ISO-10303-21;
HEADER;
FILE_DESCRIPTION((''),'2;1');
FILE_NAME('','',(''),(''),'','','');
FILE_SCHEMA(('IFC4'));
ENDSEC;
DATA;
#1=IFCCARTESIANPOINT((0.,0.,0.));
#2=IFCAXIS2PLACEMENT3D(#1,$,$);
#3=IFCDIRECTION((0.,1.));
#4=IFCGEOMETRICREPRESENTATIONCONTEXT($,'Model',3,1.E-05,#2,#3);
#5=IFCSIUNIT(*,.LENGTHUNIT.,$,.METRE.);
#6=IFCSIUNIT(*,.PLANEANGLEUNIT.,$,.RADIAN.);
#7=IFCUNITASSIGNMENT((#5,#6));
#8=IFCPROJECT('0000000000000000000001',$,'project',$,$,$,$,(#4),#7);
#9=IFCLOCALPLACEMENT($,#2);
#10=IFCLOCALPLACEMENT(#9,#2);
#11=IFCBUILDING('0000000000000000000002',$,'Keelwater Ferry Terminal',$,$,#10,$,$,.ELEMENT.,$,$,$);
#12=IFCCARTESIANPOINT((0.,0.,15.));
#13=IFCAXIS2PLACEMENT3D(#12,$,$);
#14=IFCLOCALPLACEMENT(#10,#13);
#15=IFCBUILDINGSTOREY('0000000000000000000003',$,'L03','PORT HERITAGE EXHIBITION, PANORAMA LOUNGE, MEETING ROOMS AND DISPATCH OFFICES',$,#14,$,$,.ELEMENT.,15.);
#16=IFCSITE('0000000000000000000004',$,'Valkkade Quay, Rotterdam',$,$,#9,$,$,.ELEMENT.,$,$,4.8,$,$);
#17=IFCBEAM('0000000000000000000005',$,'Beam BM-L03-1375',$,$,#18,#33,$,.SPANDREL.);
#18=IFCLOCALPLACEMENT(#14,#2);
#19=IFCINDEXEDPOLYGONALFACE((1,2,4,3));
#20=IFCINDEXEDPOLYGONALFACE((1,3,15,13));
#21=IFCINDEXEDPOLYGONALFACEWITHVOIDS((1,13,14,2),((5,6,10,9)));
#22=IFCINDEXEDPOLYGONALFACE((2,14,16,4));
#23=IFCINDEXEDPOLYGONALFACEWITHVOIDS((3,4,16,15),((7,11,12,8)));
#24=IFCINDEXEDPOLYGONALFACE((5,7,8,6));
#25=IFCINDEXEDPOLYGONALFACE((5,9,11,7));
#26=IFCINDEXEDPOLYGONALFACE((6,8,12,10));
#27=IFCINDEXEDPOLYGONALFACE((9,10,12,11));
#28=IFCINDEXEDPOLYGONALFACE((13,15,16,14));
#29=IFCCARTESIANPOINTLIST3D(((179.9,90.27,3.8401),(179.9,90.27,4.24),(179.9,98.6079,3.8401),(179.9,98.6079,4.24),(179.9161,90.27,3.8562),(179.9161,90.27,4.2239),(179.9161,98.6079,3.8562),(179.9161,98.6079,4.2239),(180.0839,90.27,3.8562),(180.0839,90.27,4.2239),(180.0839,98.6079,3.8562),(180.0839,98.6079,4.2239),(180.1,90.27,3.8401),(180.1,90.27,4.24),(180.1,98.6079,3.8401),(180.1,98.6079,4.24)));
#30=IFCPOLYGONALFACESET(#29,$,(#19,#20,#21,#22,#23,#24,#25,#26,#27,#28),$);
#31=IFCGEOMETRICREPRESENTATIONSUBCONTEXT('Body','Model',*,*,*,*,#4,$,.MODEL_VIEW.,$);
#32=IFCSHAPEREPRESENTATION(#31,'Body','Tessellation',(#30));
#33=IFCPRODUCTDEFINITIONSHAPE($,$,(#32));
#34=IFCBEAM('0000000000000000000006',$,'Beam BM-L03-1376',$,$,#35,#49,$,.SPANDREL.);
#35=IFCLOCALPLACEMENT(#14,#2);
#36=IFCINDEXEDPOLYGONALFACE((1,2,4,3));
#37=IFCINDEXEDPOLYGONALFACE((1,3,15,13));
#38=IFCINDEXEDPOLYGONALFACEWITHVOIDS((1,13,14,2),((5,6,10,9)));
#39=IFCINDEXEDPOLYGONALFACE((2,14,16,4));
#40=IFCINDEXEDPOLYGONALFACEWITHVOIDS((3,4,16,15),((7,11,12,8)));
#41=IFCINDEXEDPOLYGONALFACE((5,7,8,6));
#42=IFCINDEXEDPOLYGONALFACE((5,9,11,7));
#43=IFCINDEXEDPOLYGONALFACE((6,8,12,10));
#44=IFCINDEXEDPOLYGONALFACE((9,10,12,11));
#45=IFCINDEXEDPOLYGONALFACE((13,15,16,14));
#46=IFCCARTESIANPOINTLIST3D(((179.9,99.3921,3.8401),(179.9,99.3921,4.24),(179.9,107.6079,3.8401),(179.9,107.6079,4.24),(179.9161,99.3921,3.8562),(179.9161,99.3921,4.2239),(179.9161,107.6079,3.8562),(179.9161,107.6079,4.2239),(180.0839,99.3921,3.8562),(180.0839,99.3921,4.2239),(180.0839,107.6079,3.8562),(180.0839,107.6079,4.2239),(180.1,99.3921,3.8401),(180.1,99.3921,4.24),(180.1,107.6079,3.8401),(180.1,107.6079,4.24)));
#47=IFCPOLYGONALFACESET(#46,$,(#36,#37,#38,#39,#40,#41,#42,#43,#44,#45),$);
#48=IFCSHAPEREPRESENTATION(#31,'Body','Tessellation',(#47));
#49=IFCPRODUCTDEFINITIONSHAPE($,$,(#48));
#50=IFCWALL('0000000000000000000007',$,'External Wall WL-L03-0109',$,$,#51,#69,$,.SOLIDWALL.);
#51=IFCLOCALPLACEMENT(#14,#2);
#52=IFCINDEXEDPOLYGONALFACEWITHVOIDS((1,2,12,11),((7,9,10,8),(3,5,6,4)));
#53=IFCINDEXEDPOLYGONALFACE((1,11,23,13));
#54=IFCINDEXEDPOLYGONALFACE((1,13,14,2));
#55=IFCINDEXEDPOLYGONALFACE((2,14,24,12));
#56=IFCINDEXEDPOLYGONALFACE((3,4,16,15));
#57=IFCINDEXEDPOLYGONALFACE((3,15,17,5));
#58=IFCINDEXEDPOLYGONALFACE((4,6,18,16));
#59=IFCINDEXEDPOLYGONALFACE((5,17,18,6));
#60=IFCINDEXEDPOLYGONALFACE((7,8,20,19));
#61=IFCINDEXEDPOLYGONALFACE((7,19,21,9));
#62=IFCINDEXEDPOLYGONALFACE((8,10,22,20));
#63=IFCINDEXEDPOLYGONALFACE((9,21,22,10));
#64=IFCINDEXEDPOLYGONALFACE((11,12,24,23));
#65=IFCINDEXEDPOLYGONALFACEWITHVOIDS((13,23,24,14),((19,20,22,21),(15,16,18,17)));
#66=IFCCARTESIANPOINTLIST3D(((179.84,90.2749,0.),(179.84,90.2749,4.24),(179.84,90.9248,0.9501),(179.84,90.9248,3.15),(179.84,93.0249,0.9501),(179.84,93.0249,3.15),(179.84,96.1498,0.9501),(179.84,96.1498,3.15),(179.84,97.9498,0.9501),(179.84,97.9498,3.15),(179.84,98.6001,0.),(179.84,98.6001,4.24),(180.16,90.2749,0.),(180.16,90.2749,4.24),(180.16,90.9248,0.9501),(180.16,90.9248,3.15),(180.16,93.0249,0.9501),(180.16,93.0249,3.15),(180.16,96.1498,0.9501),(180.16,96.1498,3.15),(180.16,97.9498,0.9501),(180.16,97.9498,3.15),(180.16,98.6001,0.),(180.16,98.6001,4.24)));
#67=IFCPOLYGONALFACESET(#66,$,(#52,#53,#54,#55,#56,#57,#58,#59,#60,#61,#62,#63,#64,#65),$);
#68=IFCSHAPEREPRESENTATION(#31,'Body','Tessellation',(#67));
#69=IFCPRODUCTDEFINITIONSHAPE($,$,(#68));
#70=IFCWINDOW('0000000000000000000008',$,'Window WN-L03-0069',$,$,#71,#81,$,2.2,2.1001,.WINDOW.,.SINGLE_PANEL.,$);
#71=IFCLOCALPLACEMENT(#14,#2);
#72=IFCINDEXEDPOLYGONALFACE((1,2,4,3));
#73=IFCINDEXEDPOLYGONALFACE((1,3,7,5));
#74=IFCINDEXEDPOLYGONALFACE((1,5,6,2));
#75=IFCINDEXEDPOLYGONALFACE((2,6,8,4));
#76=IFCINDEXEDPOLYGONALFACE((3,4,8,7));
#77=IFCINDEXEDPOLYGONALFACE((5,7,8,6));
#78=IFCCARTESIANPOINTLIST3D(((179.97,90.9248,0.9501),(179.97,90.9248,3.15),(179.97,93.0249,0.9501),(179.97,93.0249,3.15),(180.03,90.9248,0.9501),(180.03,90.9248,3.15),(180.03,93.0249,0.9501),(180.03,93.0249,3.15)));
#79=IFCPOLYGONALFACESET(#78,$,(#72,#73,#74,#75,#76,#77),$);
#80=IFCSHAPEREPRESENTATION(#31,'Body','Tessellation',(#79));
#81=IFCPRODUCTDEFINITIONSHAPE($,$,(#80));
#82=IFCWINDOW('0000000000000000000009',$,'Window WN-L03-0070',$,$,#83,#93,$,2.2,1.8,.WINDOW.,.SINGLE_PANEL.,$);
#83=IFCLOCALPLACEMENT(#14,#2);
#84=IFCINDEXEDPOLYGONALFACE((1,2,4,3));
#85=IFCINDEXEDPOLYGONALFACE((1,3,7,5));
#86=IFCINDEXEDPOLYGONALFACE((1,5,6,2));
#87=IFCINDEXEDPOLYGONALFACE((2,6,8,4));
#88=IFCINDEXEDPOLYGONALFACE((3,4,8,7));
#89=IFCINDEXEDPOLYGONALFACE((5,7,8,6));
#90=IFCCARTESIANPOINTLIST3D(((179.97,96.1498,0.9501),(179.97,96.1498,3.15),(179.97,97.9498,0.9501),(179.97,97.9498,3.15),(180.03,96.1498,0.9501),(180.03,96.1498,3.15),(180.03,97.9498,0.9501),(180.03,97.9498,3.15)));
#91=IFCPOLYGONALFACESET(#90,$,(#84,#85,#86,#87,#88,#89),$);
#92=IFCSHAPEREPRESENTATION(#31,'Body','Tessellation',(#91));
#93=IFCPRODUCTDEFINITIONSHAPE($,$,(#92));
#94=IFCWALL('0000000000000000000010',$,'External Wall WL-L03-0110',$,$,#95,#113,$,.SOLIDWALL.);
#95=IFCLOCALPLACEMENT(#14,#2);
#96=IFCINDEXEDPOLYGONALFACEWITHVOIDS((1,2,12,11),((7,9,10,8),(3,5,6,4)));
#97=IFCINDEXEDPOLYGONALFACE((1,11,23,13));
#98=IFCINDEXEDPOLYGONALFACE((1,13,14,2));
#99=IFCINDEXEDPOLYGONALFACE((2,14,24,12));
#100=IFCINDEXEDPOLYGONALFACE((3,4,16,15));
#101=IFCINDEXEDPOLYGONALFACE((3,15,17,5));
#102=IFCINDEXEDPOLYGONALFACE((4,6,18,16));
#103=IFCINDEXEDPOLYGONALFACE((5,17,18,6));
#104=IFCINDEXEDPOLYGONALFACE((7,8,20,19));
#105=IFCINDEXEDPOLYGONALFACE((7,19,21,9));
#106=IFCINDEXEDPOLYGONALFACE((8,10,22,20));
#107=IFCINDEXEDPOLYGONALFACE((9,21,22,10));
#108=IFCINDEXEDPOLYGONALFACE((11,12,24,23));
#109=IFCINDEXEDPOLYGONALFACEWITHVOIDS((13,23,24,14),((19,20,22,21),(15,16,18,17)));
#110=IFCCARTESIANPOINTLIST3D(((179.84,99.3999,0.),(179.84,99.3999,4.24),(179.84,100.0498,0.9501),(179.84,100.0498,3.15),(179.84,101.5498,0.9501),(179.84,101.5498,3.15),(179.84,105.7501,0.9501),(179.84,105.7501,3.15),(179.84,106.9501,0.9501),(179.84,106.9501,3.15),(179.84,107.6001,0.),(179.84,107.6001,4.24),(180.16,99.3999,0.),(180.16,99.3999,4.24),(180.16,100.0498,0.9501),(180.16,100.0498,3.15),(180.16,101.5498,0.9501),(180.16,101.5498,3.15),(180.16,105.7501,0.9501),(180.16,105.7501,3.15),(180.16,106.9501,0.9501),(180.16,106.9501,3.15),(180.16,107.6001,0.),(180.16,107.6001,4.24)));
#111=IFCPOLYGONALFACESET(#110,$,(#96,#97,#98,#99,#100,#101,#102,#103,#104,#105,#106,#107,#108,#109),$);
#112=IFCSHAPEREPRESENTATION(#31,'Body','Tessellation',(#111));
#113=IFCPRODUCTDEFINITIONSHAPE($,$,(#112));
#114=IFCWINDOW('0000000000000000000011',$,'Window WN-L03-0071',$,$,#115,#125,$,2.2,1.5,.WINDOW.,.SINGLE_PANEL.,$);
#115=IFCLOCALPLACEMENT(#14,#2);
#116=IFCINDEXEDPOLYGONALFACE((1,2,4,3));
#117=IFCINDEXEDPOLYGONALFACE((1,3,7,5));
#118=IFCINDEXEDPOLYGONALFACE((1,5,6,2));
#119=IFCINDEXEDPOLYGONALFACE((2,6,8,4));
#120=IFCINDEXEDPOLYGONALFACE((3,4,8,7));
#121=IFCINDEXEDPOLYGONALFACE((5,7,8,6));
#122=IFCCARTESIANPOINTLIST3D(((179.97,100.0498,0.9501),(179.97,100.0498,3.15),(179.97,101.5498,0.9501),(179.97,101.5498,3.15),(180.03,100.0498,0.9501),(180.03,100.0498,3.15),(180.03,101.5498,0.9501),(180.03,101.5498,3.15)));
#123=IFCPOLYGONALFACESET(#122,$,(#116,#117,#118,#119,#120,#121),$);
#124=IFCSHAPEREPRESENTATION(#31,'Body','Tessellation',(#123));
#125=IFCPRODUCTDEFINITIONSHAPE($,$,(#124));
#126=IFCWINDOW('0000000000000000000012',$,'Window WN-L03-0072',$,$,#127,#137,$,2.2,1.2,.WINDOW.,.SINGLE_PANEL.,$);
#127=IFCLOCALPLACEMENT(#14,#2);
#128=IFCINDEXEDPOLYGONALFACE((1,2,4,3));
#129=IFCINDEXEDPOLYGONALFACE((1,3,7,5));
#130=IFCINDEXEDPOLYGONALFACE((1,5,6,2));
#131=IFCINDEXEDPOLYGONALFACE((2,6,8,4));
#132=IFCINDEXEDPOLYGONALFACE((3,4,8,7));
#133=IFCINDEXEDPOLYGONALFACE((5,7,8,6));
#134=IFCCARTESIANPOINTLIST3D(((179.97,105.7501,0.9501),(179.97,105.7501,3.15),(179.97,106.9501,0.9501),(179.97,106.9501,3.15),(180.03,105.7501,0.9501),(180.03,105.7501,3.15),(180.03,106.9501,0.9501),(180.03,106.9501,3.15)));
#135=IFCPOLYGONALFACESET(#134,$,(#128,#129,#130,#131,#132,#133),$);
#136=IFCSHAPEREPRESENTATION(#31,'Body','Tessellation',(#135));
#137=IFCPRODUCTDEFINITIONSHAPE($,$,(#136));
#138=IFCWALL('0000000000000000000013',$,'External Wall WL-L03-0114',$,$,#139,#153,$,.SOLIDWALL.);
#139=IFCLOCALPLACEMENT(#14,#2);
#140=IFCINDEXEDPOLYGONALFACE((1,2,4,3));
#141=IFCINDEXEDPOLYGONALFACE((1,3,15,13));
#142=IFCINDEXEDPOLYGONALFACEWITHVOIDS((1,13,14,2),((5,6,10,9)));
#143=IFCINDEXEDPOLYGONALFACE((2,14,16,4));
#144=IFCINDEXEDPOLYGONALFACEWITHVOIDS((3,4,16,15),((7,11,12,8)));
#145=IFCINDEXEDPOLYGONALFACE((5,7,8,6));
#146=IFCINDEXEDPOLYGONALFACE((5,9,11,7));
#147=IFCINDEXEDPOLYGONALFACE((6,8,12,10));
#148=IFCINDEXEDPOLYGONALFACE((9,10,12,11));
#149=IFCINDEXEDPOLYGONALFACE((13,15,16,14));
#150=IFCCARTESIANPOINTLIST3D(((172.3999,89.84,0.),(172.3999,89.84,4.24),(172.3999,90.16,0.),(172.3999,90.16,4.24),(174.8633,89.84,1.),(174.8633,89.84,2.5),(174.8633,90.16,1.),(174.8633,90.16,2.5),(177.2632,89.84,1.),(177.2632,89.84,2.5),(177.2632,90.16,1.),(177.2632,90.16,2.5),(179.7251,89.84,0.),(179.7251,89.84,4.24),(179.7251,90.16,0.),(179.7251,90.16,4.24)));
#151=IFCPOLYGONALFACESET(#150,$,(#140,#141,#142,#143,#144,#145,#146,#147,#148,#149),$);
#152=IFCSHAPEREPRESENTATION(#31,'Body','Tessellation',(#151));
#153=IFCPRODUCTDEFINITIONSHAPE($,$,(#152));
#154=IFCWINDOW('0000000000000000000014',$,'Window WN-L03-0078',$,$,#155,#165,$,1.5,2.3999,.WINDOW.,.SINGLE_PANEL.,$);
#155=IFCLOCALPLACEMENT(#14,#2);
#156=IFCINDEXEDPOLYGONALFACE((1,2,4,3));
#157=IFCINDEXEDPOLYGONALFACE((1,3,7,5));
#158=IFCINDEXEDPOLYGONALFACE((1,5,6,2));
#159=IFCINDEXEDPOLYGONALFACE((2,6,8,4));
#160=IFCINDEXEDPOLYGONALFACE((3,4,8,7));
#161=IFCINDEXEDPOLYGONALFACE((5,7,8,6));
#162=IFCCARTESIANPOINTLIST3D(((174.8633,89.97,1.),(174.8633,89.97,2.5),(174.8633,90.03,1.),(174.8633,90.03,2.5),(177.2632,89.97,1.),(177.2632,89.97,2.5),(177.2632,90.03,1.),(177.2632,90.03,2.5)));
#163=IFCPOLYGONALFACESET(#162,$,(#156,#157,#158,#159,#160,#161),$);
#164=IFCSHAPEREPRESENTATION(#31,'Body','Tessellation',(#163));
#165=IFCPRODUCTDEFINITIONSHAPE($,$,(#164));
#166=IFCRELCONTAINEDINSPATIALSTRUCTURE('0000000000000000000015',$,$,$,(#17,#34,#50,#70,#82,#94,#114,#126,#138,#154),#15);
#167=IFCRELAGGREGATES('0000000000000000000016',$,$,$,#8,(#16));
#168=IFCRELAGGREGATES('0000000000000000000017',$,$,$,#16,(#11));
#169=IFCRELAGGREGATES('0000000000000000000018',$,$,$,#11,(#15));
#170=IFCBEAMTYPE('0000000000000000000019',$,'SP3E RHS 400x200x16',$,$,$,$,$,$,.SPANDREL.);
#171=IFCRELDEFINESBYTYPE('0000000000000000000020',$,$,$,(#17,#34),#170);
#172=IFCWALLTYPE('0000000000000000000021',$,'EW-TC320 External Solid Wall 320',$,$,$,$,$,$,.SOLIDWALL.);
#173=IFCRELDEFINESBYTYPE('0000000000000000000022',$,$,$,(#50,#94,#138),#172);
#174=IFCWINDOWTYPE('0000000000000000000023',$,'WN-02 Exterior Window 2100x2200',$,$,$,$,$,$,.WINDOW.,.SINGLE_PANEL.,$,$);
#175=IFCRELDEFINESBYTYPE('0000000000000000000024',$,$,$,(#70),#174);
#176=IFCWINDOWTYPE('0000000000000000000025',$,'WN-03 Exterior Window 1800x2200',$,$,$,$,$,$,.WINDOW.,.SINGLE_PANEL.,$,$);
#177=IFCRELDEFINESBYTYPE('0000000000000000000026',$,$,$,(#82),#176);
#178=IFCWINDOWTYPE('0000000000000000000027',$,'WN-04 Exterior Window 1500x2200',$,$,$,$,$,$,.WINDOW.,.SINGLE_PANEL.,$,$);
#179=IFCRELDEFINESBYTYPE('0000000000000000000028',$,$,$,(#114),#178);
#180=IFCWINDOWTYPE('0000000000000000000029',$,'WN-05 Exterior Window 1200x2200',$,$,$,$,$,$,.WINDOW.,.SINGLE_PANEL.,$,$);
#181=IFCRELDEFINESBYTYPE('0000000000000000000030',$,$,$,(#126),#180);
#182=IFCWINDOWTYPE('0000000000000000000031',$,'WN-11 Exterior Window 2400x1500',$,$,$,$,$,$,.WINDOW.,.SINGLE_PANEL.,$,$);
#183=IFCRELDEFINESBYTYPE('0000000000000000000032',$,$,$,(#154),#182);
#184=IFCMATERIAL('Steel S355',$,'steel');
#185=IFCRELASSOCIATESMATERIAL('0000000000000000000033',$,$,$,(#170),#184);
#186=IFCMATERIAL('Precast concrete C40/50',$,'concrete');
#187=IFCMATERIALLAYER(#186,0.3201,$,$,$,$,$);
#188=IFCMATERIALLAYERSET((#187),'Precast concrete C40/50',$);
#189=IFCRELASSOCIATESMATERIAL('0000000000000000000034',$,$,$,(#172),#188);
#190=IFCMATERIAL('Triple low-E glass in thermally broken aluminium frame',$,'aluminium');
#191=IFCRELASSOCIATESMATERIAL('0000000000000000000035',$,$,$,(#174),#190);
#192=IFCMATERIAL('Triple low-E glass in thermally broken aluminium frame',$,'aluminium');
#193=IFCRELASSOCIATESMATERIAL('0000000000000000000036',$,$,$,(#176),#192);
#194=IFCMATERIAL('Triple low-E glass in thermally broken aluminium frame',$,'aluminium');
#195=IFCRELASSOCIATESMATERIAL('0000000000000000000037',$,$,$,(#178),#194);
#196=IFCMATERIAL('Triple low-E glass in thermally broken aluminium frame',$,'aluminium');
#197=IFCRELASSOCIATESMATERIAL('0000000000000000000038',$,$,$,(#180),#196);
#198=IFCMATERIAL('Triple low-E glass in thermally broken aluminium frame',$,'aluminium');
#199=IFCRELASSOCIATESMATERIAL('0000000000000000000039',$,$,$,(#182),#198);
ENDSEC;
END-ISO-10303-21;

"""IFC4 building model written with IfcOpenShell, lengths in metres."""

from ifc_helpers import new_model, si_unit, direction, frame, frame_2d, origin, origin_2d, place, context, subcontext, project, spatial, rectangle, hollow_rectangle, extrude, material, layer, layer_set, material_profile, profile_set, type_object, element, fill, save


model = new_model("IFC4")

# Units and contexts
model_context = context("Model", 3, precision=1e-05, world=origin(), true_north=direction((0.0, 1.0)))
body_context = subcontext(model_context, "Body", "Model", "MODEL_VIEW")
ifc_project = project(units=[si_unit("LENGTHUNIT", "METRE"), si_unit("PLANEANGLEUNIT", "RADIAN")], contexts=[model_context])

# Site, building, storey
site_placement = place(None, origin())
site = spatial("IfcSite", under=ifc_project, at=site_placement, Name="Valkkade Quay, Rotterdam", CompositionType="ELEMENT", RefElevation=4.8)
building_placement = place(site_placement, origin())
building = spatial("IfcBuilding", under=site, at=building_placement, Name="Keelwater Ferry Terminal", CompositionType="ELEMENT")
storey_placement = place(building_placement, frame((0.0, 0.0, 15.0)))
storey = spatial("IfcBuildingStorey", under=building, at=storey_placement, Name="L03", Description="PORT HERITAGE EXHIBITION, PANORAMA LOUNGE, MEETING ROOMS AND DISPATCH OFFICES", CompositionType="ELEMENT", Elevation=15.0)

# Beams
ifc_material_1 = material(Name="Steel S355", Category="steel")
ifc_material_profile_1 = material_profile(ifc_material_1, hollow_rectangle(XDim=0.2, YDim=0.3999, WallThickness=0.0161, at=origin_2d()), Name="RHS 400x200x16")
ifc_profile_set_1 = profile_set([ifc_material_profile_1], Name="Steel S355")
beam_type_1 = type_object("IfcBeamType", Name="SP3E RHS 400x200x16", PredefinedType="SPANDREL", material=ifc_profile_set_1)
beam_1_placement = place(storey_placement, frame((180.0, 90.27, 4.04), z_axis=(0.0, 1.0, 0.0), x_axis=(-1.0, 0.0, 0.0)))
element("IfcBeam", 1, at=beam_1_placement, inside=storey, type_object=beam_type_1, Name="Beam BM-L03-1375", PredefinedType="SPANDREL", context=body_context, shape_type="SweptSolid", body=[
    extrude(hollow_rectangle(XDim=0.2, YDim=0.3999, WallThickness=0.0161, at=origin_2d()), origin(), (0.0, 0.0, 1.0), 8.3379),
])
beam_2_placement = place(storey_placement, frame((180.0, 99.3921, 4.04), z_axis=(0.0, 1.0, 0.0), x_axis=(-1.0, 0.0, 0.0)))
element("IfcBeam", 2, at=beam_2_placement, inside=storey, type_object=beam_type_1, Name="Beam BM-L03-1376", PredefinedType="SPANDREL", context=body_context, shape_type="SweptSolid", body=[
    extrude(hollow_rectangle(XDim=0.2, YDim=0.3999, WallThickness=0.0161, at=origin_2d()), origin(), (0.0, 0.0, 1.0), 8.2158),
])

# Walls, openings, windows
ifc_material_2 = material(Name="Precast concrete C40/50", Category="concrete")
ifc_layer = layer(ifc_material_2, 0.3201)
ifc_layer_set = layer_set([ifc_layer], Name="Precast concrete C40/50")
wall_type = type_object("IfcWallType", Name="EW-TC320 External Solid Wall 320", PredefinedType="SOLIDWALL", material=ifc_layer_set)
wall_1_placement = place(storey_placement, frame((180.0, 90.2749, 0.0), z_axis=(0.0, 0.0, 1.0), x_axis=(0.0, 1.0, 0.0)))
wall_1 = element("IfcWall", 3, at=wall_1_placement, inside=storey, type_object=wall_type, Name="External Wall WL-L03-0109", PredefinedType="SOLIDWALL", context=body_context, shape_type="SweptSolid", body=[
    extrude(rectangle(XDim=8.3252, YDim=0.3201, at=frame_2d((4.1626, 0.0))), origin(), (0.0, 0.0, 1.0), 4.24),
])
opening_1_placement = place(wall_1_placement, frame((0.6499, 0.0, 0.95)))
opening_1 = element("IfcOpeningElement", 4, at=opening_1_placement, cuts=wall_1, PredefinedType="OPENING", context=body_context, shape_type="SweptSolid", body=[
    extrude(rectangle(XDim=2.1001, YDim=2.2, at=frame_2d((1.05, 1.1001))), frame((0.0, 0.1702, 0.0), z_axis=(0.0, -1.0, 0.0), x_axis=(1.0, 0.0, 0.0)), (0.0, 0.0, 1.0), 0.3401),
])
opening_2_placement = place(wall_1_placement, frame((5.875, 0.0, 0.95)))
opening_2 = element("IfcOpeningElement", 5, at=opening_2_placement, cuts=wall_1, PredefinedType="OPENING", context=body_context, shape_type="SweptSolid", body=[
    extrude(rectangle(XDim=1.8, YDim=2.2, at=frame_2d((0.8999, 1.1001))), frame((0.0, 0.1702, 0.0), z_axis=(0.0, -1.0, 0.0), x_axis=(1.0, 0.0, 0.0)), (0.0, 0.0, 1.0), 0.3401),
])
ifc_material_3 = material(Name="Triple low-E glass in thermally broken aluminium frame", Category="aluminium")
window_type_1 = type_object("IfcWindowType", Name="WN-02 Exterior Window 2100x2200", PartitioningType="SINGLE_PANEL", PredefinedType="WINDOW", material=ifc_material_3)
window_1_placement = place(opening_1_placement, origin())
window_1 = element("IfcWindow", 6, at=window_1_placement, inside=storey, type_object=window_type_1, Name="Window WN-L03-0069", OverallHeight=2.2, OverallWidth=2.1001, PartitioningType="SINGLE_PANEL", PredefinedType="WINDOW", context=body_context, shape_type="SweptSolid", body=[
    extrude(rectangle(XDim=2.1001, YDim=2.2, at=frame_2d((1.05, 1.1001))), frame((0.0, 0.03, 0.0), z_axis=(0.0, -1.0, 0.0), x_axis=(1.0, 0.0, 0.0)), (0.0, 0.0, 1.0), 0.0601),
])
fill(opening_1, window_1)
ifc_material_4 = material(Name="Triple low-E glass in thermally broken aluminium frame", Category="aluminium")
window_type_2 = type_object("IfcWindowType", Name="WN-03 Exterior Window 1800x2200", PartitioningType="SINGLE_PANEL", PredefinedType="WINDOW", material=ifc_material_4)
window_2_placement = place(opening_2_placement, origin())
window_2 = element("IfcWindow", 7, at=window_2_placement, inside=storey, type_object=window_type_2, Name="Window WN-L03-0070", OverallHeight=2.2, OverallWidth=1.8, PartitioningType="SINGLE_PANEL", PredefinedType="WINDOW", context=body_context, shape_type="SweptSolid", body=[
    extrude(rectangle(XDim=1.8, YDim=2.2, at=frame_2d((0.8999, 1.1001))), frame((0.0, 0.03, 0.0), z_axis=(0.0, -1.0, 0.0), x_axis=(1.0, 0.0, 0.0)), (0.0, 0.0, 1.0), 0.0601),
])
fill(opening_2, window_2)
wall_2_placement = place(storey_placement, frame((180.0, 99.3999, 0.0), z_axis=(0.0, 0.0, 1.0), x_axis=(0.0, 1.0, 0.0)))
wall_2 = element("IfcWall", 8, at=wall_2_placement, inside=storey, type_object=wall_type, Name="External Wall WL-L03-0110", PredefinedType="SOLIDWALL", context=body_context, shape_type="SweptSolid", body=[
    extrude(rectangle(XDim=8.2002, YDim=0.3201, at=frame_2d((4.1001, 0.0))), origin(), (0.0, 0.0, 1.0), 4.24),
])
opening_3_placement = place(wall_2_placement, frame((0.6499, 0.0, 0.95)))
opening_3 = element("IfcOpeningElement", 9, at=opening_3_placement, cuts=wall_2, PredefinedType="OPENING", context=body_context, shape_type="SweptSolid", body=[
    extrude(rectangle(XDim=1.5, YDim=2.2, at=frame_2d((0.75, 1.1001))), frame((0.0, 0.1702, 0.0), z_axis=(0.0, -1.0, 0.0), x_axis=(1.0, 0.0, 0.0)), (0.0, 0.0, 1.0), 0.3401),
])
opening_4_placement = place(wall_2_placement, frame((6.3501, 0.0, 0.95)))
opening_4 = element("IfcOpeningElement", 10, at=opening_4_placement, cuts=wall_2, PredefinedType="OPENING", context=body_context, shape_type="SweptSolid", body=[
    extrude(rectangle(XDim=1.2, YDim=2.2, at=frame_2d((0.6001, 1.1001))), frame((0.0, 0.1702, 0.0), z_axis=(0.0, -1.0, 0.0), x_axis=(1.0, 0.0, 0.0)), (0.0, 0.0, 1.0), 0.3401),
])
ifc_material_5 = material(Name="Triple low-E glass in thermally broken aluminium frame", Category="aluminium")
window_type_3 = type_object("IfcWindowType", Name="WN-04 Exterior Window 1500x2200", PartitioningType="SINGLE_PANEL", PredefinedType="WINDOW", material=ifc_material_5)
window_3_placement = place(opening_3_placement, origin())
window_3 = element("IfcWindow", 11, at=window_3_placement, inside=storey, type_object=window_type_3, Name="Window WN-L03-0071", OverallHeight=2.2, OverallWidth=1.5, PartitioningType="SINGLE_PANEL", PredefinedType="WINDOW", context=body_context, shape_type="SweptSolid", body=[
    extrude(rectangle(XDim=1.5, YDim=2.2, at=frame_2d((0.75, 1.1001))), frame((0.0, 0.03, 0.0), z_axis=(0.0, -1.0, 0.0), x_axis=(1.0, 0.0, 0.0)), (0.0, 0.0, 1.0), 0.0601),
])
fill(opening_3, window_3)
ifc_material_6 = material(Name="Triple low-E glass in thermally broken aluminium frame", Category="aluminium")
window_type_4 = type_object("IfcWindowType", Name="WN-05 Exterior Window 1200x2200", PartitioningType="SINGLE_PANEL", PredefinedType="WINDOW", material=ifc_material_6)
window_4_placement = place(opening_4_placement, origin())
window_4 = element("IfcWindow", 12, at=window_4_placement, inside=storey, type_object=window_type_4, Name="Window WN-L03-0072", OverallHeight=2.2, OverallWidth=1.2, PartitioningType="SINGLE_PANEL", PredefinedType="WINDOW", context=body_context, shape_type="SweptSolid", body=[
    extrude(rectangle(XDim=1.2, YDim=2.2, at=frame_2d((0.6001, 1.1001))), frame((0.0, 0.03, 0.0), z_axis=(0.0, -1.0, 0.0), x_axis=(1.0, 0.0, 0.0)), (0.0, 0.0, 1.0), 0.0601),
])
fill(opening_4, window_4)

# Wall, opening, window
wall_3_placement = place(storey_placement, frame((179.7251, 90.0, 0.0), z_axis=(0.0, 0.0, 1.0), x_axis=(-1.0, 0.0, 0.0)))
wall_3 = element("IfcWall", 13, at=wall_3_placement, inside=storey, type_object=wall_type, Name="External Wall WL-L03-0114", PredefinedType="SOLIDWALL", context=body_context, shape_type="SweptSolid", body=[
    extrude(rectangle(XDim=7.3252, YDim=0.3201, at=frame_2d((3.6626, 0.0))), origin(), (0.0, 0.0, 1.0), 4.24),
])
opening_5_placement = place(wall_3_placement, frame((2.4619, 0.0, 1.0)))
opening_5 = element("IfcOpeningElement", 14, at=opening_5_placement, cuts=wall_3, PredefinedType="OPENING", context=body_context, shape_type="SweptSolid", body=[
    extrude(rectangle(XDim=2.3999, YDim=1.5, at=frame_2d((1.2, 0.75))), frame((0.0, 0.1702, 0.0), z_axis=(0.0, -1.0, 0.0), x_axis=(1.0, 0.0, 0.0)), (0.0, 0.0, 1.0), 0.3401),
])
ifc_material_7 = material(Name="Triple low-E glass in thermally broken aluminium frame", Category="aluminium")
window_type_5 = type_object("IfcWindowType", Name="WN-11 Exterior Window 2400x1500", PartitioningType="SINGLE_PANEL", PredefinedType="WINDOW", material=ifc_material_7)
window_5_placement = place(opening_5_placement, origin())
window_5 = element("IfcWindow", 15, at=window_5_placement, inside=storey, type_object=window_type_5, Name="Window WN-L03-0078", OverallHeight=1.5, OverallWidth=2.3999, PartitioningType="SINGLE_PANEL", PredefinedType="WINDOW", context=body_context, shape_type="SweptSolid", body=[
    extrude(rectangle(XDim=2.3999, YDim=1.5, at=frame_2d((1.2, 0.75))), frame((0.0, 0.03, 0.0), z_axis=(0.0, -1.0, 0.0), x_axis=(1.0, 0.0, 0.0)), (0.0, 0.0, 1.0), 0.0601),
])
fill(opening_5, window_5)

save(model, "model.ifc")
